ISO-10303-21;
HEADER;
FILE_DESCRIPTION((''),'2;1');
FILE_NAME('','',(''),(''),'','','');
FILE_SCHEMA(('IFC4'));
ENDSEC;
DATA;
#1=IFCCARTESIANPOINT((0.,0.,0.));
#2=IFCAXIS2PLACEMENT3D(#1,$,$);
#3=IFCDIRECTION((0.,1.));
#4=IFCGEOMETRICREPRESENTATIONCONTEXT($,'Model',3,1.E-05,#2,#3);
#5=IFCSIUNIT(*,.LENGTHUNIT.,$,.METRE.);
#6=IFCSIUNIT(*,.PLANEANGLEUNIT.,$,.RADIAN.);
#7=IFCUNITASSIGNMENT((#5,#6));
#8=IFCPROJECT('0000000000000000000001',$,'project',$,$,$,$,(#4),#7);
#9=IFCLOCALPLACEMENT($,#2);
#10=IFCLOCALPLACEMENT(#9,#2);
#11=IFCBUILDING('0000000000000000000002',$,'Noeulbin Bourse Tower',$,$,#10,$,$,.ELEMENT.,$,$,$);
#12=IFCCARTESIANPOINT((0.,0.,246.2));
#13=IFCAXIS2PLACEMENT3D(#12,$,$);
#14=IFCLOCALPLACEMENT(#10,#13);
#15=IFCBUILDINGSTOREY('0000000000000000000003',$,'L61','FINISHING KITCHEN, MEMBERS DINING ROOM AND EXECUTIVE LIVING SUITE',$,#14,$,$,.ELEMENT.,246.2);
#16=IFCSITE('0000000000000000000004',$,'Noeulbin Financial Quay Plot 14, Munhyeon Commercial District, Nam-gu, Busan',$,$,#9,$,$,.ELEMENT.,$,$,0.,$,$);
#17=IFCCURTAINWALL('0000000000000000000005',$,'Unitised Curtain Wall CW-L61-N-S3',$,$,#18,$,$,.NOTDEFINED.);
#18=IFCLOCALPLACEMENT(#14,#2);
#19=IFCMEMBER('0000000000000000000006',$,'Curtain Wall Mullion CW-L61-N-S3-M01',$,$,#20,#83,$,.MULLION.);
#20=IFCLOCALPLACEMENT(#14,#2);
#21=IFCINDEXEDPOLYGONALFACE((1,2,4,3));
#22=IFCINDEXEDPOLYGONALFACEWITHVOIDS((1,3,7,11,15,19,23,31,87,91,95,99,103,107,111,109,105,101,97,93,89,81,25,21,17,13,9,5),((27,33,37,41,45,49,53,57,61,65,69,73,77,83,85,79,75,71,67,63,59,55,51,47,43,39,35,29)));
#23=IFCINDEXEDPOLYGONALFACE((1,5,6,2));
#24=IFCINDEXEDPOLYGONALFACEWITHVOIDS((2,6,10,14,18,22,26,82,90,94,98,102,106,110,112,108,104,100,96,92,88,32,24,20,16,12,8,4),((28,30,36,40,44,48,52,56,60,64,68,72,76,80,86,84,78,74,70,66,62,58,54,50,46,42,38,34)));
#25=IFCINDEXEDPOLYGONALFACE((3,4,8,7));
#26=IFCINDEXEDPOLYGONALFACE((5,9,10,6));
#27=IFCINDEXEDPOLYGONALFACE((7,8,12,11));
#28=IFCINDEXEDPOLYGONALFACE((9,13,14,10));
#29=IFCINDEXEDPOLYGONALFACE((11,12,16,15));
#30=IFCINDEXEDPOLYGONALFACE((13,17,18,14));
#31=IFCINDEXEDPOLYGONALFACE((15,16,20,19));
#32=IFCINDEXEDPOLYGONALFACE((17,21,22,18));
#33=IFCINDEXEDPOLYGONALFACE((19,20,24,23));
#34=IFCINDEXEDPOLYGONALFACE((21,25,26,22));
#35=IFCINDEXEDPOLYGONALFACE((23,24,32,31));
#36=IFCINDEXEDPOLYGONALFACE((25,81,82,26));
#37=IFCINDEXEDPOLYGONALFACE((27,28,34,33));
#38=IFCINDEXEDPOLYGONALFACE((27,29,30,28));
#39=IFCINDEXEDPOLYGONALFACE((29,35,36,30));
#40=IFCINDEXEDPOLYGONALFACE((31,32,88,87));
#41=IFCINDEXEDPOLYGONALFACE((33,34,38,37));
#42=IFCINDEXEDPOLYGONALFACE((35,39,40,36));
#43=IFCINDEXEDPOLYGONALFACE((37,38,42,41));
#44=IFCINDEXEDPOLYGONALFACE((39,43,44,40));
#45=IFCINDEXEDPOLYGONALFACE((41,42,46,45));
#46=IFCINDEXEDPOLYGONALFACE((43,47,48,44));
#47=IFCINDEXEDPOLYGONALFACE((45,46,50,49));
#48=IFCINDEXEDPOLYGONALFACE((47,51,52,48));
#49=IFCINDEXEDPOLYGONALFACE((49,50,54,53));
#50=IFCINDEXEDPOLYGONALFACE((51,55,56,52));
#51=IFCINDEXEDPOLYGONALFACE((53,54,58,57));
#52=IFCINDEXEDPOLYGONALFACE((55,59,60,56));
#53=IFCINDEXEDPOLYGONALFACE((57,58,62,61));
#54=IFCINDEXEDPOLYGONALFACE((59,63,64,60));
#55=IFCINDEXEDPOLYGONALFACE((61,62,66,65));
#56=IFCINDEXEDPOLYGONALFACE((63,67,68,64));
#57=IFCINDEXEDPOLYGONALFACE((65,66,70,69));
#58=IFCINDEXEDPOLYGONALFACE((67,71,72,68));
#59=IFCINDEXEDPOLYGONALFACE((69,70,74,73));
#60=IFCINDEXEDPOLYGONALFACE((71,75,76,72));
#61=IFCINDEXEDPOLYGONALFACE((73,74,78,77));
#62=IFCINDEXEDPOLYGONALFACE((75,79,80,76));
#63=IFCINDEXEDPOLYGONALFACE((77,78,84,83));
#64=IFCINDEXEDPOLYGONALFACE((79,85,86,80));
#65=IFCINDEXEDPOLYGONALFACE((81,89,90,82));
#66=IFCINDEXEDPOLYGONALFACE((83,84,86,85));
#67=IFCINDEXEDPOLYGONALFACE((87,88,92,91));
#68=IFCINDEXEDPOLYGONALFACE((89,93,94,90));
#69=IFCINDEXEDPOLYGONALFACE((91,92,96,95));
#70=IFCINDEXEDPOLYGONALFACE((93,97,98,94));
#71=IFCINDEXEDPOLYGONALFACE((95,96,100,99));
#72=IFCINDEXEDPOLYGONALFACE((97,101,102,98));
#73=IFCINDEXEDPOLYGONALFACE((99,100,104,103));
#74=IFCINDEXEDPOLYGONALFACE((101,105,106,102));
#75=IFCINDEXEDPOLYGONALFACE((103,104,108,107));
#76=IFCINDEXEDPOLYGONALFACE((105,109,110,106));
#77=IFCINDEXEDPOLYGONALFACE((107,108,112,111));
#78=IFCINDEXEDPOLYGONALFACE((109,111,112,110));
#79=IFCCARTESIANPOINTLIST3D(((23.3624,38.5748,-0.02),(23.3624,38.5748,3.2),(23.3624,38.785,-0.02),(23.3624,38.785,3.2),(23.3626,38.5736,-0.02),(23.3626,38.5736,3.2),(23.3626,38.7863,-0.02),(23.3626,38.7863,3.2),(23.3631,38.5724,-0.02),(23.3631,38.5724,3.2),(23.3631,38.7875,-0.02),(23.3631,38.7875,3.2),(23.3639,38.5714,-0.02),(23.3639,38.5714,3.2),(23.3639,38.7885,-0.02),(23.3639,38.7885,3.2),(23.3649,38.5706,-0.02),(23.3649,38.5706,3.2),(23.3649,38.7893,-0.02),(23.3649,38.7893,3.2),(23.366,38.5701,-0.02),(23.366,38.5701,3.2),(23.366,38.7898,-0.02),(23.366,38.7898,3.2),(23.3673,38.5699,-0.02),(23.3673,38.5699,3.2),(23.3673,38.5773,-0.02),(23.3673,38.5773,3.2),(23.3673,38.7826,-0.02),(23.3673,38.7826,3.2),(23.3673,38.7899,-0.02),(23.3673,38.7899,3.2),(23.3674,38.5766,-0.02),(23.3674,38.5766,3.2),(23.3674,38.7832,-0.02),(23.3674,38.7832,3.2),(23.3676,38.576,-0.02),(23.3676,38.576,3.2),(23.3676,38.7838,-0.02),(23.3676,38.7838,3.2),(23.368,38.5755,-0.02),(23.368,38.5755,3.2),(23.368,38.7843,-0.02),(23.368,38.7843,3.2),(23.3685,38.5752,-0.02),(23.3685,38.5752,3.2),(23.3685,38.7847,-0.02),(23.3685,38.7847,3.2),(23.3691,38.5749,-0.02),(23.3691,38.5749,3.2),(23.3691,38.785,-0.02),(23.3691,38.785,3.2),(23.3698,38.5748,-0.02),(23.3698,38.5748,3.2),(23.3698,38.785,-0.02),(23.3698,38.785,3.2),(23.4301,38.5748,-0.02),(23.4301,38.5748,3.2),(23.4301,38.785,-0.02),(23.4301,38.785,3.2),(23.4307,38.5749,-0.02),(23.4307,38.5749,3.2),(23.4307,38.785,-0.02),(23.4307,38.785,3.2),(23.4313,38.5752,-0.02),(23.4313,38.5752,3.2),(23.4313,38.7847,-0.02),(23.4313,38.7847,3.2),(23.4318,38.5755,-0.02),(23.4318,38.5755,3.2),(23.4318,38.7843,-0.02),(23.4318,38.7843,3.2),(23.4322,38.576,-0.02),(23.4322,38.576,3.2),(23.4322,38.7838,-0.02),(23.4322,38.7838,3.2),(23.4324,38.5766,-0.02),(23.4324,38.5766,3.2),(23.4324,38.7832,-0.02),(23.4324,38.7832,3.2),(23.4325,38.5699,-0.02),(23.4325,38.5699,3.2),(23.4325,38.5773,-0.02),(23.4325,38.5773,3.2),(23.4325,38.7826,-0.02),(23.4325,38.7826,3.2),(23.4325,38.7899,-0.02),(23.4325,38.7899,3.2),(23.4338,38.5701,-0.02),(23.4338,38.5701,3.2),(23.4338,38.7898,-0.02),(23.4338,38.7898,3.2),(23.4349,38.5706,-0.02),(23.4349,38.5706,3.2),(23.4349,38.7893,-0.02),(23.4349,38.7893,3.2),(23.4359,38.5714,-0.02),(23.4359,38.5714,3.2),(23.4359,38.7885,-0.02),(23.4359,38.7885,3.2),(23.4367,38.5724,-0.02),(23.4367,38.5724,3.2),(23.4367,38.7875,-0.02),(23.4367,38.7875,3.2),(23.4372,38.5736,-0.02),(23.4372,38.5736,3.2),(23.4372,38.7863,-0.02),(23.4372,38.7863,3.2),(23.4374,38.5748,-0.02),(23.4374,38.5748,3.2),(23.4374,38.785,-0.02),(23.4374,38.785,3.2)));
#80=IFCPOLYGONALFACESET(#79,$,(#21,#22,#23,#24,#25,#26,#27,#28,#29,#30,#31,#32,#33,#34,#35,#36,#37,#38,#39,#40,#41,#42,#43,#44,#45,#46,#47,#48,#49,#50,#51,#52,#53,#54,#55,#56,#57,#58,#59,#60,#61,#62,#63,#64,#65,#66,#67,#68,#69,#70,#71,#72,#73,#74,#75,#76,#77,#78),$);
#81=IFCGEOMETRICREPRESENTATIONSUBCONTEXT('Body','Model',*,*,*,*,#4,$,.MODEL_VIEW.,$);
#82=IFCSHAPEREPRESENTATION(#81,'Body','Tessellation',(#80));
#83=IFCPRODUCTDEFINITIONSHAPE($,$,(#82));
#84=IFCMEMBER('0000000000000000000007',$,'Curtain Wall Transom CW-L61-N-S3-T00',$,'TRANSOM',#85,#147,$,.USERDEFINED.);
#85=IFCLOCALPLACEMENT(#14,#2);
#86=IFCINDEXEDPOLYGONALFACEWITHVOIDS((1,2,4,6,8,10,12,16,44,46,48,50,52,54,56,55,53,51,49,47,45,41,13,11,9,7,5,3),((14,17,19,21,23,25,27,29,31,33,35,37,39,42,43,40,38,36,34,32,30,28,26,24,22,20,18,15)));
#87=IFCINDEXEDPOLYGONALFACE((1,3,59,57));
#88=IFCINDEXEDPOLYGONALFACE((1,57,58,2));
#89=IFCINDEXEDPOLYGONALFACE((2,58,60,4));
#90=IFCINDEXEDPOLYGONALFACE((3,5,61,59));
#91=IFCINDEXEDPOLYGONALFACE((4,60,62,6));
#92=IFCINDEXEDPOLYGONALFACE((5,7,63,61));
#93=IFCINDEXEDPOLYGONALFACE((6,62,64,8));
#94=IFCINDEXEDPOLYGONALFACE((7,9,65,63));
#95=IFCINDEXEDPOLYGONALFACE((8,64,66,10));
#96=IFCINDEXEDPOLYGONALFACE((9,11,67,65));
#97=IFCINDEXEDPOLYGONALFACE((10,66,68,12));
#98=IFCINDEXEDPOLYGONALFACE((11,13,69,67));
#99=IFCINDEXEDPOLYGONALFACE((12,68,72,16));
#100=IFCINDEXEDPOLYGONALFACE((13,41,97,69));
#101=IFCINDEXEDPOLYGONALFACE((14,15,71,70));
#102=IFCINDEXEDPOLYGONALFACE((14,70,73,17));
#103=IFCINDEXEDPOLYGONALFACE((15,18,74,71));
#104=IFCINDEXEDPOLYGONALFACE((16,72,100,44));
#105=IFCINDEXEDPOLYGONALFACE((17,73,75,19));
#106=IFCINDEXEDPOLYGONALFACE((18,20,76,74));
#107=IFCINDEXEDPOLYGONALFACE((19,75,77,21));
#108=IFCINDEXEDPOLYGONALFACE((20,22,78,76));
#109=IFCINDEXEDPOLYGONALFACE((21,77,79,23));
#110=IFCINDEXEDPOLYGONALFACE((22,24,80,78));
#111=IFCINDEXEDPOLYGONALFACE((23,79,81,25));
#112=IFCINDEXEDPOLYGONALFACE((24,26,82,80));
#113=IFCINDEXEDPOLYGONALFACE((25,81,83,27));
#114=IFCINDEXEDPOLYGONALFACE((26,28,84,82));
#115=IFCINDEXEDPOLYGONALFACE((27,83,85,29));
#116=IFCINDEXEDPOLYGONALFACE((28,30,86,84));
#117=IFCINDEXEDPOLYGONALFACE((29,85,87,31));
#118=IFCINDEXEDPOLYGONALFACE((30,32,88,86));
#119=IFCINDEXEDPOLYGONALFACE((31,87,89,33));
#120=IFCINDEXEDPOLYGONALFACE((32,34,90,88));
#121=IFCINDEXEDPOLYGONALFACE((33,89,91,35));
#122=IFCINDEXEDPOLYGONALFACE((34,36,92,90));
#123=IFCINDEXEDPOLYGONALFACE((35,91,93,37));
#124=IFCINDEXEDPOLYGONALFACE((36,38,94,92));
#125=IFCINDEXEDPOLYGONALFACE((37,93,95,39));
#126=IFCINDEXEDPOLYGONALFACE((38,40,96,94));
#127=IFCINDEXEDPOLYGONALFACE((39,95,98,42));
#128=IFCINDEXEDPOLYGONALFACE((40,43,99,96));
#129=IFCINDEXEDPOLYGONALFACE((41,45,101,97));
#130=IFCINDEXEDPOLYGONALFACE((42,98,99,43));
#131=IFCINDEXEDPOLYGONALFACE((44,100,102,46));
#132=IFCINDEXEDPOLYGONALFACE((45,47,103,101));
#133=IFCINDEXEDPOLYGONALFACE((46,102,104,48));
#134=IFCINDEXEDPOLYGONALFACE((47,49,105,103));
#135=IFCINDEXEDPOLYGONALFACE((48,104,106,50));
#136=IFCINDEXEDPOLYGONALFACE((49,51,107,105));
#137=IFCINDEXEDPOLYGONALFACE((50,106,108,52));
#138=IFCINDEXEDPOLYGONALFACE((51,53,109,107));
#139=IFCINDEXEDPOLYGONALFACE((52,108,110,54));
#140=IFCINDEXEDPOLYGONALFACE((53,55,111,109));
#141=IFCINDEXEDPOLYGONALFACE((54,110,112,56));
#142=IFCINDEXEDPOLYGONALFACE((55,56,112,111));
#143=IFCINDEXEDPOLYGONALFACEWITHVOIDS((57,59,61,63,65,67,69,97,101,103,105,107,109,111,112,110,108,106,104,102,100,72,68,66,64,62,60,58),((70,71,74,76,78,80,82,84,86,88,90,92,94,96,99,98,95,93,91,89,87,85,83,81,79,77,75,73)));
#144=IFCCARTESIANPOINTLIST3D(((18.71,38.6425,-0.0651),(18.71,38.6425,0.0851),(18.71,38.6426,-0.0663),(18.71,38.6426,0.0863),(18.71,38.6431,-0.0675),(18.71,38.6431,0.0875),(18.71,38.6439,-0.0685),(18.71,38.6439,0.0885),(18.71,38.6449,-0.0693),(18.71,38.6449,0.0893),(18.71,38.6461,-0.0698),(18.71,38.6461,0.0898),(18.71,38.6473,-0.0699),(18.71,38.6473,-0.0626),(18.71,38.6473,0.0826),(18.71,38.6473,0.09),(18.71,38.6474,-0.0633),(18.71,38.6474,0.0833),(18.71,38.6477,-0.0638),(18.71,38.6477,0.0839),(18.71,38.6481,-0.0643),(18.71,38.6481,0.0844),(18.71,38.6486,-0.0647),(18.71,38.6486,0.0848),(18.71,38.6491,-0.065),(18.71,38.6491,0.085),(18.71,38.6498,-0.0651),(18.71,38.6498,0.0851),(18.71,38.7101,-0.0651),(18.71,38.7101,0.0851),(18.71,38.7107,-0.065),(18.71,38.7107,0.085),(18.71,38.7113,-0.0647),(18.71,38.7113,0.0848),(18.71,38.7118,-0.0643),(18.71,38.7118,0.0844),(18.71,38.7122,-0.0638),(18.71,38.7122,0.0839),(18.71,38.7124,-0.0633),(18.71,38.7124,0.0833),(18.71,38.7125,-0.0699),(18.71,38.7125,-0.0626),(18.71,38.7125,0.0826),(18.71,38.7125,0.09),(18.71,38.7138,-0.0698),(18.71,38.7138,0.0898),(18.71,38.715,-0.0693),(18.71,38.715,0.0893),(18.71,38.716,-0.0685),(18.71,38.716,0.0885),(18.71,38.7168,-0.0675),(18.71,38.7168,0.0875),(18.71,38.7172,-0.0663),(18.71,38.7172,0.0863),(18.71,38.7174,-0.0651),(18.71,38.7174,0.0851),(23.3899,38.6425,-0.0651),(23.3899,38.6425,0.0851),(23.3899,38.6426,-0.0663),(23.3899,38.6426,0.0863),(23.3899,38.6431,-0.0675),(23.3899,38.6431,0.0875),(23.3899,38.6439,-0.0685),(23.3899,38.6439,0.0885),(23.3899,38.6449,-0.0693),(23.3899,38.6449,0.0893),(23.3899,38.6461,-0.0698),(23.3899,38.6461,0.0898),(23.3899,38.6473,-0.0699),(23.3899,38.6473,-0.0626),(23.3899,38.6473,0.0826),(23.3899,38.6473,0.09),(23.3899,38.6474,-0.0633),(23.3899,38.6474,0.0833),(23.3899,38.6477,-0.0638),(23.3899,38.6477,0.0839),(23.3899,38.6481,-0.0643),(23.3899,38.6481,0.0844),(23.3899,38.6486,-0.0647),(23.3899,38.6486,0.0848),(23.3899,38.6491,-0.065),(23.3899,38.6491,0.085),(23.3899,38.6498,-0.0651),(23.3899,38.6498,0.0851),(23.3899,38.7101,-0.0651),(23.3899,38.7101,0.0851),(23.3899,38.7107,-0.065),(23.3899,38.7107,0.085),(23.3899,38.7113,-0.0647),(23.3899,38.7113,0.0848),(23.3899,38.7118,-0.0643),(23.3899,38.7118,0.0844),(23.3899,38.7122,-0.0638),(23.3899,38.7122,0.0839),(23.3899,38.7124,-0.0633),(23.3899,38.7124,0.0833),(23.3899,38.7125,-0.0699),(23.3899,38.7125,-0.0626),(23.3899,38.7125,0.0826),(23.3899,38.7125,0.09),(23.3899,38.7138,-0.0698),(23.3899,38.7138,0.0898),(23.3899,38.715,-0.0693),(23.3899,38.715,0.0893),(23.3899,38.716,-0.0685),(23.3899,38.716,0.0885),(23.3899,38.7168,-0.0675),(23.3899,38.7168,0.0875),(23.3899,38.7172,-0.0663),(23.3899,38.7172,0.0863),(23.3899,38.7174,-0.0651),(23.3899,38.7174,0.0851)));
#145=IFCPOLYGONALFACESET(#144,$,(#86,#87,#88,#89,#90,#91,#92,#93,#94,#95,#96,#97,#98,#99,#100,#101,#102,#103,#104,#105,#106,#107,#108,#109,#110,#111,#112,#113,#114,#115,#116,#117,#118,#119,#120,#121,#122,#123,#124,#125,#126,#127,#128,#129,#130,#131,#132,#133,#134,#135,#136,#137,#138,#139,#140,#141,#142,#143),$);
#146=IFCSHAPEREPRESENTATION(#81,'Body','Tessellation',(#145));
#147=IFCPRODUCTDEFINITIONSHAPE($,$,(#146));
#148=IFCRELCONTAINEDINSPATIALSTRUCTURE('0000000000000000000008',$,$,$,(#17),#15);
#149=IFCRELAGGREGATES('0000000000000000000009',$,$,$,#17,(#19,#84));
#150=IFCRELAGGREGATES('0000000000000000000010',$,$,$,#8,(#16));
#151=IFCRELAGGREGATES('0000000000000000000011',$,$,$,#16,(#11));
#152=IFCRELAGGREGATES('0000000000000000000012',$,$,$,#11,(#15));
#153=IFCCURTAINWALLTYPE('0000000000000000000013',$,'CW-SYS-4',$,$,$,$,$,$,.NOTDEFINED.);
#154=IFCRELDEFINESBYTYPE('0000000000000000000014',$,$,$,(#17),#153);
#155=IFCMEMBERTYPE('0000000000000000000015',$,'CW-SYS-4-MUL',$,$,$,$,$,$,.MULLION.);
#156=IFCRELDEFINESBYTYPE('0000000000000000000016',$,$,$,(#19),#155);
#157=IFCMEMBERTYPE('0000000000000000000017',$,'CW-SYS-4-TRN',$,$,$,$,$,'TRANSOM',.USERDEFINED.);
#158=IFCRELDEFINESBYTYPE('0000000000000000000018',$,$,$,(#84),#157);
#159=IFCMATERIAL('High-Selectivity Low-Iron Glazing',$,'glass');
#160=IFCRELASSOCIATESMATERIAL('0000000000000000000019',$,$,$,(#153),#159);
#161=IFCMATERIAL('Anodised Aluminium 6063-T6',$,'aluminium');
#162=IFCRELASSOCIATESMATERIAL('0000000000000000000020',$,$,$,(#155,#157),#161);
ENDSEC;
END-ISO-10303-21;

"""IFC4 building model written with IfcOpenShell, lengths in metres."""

from ifc_helpers import new_model, si_unit, direction, frame, origin, origin_2d, place, context, subcontext, project, spatial, hollow_rectangle, extrude, material, material_profile, profile_set, type_object, element, aggregate, save


model = new_model("IFC4")

# Units and contexts
model_context = context("Model", 3, precision=1e-05, world=origin(), true_north=direction((0.0, 1.0)))
body_context = subcontext(model_context, "Body", "Model", "MODEL_VIEW")
ifc_project = project(units=[si_unit("LENGTHUNIT", "METRE"), si_unit("PLANEANGLEUNIT", "RADIAN")], contexts=[model_context])

# Site, building, storey
site_placement = place(None, origin())
site = spatial("IfcSite", under=ifc_project, at=site_placement, Name="Noeulbin Financial Quay Plot 14, Munhyeon Commercial District, Nam-gu, Busan", CompositionType="ELEMENT", RefElevation=0.0)
building_placement = place(site_placement, origin())
building = spatial("IfcBuilding", under=site, at=building_placement, Name="Noeulbin Bourse Tower", CompositionType="ELEMENT")
storey_placement = place(building_placement, frame((0.0, 0.0, 246.2)))
storey = spatial("IfcBuildingStorey", under=building, at=storey_placement, Name="L61", Description="FINISHING KITCHEN, MEMBERS DINING ROOM AND EXECUTIVE LIVING SUITE", CompositionType="ELEMENT", Elevation=246.2)

# Curtain wall, members
ifc_material_1 = material(Name="High-Selectivity Low-Iron Glazing", Category="glass")
curtain_wall_type = type_object("IfcCurtainWallType", Name="CW-SYS-4", PredefinedType="NOTDEFINED", material=ifc_material_1)
curtain_wall_placement = place(storey_placement, origin())
curtain_wall = element("IfcCurtainWall", 1, at=curtain_wall_placement, inside=storey, type_object=curtain_wall_type, Name="Unitised Curtain Wall CW-L61-N-S3", PredefinedType="NOTDEFINED")
ifc_material_2 = material(Name="Anodised Aluminium 6063-T6", Category="aluminium")
ifc_material_profile_1 = material_profile(ifc_material_2, hollow_rectangle(XDim=0.075, YDim=0.22, WallThickness=0.0049, InnerFilletRadius=0.0024, OuterFilletRadius=0.0049, at=origin_2d()), Name="ALU-MULL-75x220x5", Category="LoadBearing")
ifc_profile_set_1 = profile_set([ifc_material_profile_1], Name="Anodised Aluminium 6063-T6")
member_type_1 = type_object("IfcMemberType", Name="CW-SYS-4-MUL", PredefinedType="MULLION", material=ifc_profile_set_1)
member_1_placement = place(storey_placement, frame((23.3999, 38.6799, -0.02), z_axis=(0.0, 0.0, 1.0), x_axis=(1.0, 0.0, 0.0)))
member_1 = element("IfcMember", 2, at=member_1_placement, type_object=member_type_1, Name="Curtain Wall Mullion CW-L61-N-S3-M01", PredefinedType="MULLION", context=body_context, shape_type="SweptSolid", body=[
    extrude(hollow_rectangle(XDim=0.075, YDim=0.22, WallThickness=0.0049, InnerFilletRadius=0.0024, OuterFilletRadius=0.0049, at=origin_2d()), origin(), (0.0, 0.0, 1.0), 3.22),
])
ifc_material_profile_2 = material_profile(ifc_material_2, hollow_rectangle(XDim=0.075, YDim=0.1599, WallThickness=0.0049, InnerFilletRadius=0.0024, OuterFilletRadius=0.0049, at=origin_2d()), Name="ALU-TRAN-75x160x5", Category="LoadBearing")
ifc_profile_set_2 = profile_set([ifc_material_profile_2], Name="Anodised Aluminium 6063-T6")
member_type_2 = type_object("IfcMemberType", Name="CW-SYS-4-TRN", ElementType="TRANSOM", PredefinedType="USERDEFINED", material=ifc_profile_set_2)
member_2_placement = place(storey_placement, frame((18.71, 38.6799, 0.01), z_axis=(1.0, 0.0, 0.0), x_axis=(0.0, 1.0, 0.0)))
member_2 = element("IfcMember", 3, at=member_2_placement, type_object=member_type_2, Name="Curtain Wall Transom CW-L61-N-S3-T00", ObjectType="TRANSOM", PredefinedType="USERDEFINED", context=body_context, shape_type="SweptSolid", body=[
    extrude(hollow_rectangle(XDim=0.075, YDim=0.1599, WallThickness=0.0049, InnerFilletRadius=0.0024, OuterFilletRadius=0.0049, at=origin_2d()), origin(), (0.0, 0.0, 1.0), 4.6799),
])
aggregate(curtain_wall, [member_1, member_2])

save(model, "model.ifc")
